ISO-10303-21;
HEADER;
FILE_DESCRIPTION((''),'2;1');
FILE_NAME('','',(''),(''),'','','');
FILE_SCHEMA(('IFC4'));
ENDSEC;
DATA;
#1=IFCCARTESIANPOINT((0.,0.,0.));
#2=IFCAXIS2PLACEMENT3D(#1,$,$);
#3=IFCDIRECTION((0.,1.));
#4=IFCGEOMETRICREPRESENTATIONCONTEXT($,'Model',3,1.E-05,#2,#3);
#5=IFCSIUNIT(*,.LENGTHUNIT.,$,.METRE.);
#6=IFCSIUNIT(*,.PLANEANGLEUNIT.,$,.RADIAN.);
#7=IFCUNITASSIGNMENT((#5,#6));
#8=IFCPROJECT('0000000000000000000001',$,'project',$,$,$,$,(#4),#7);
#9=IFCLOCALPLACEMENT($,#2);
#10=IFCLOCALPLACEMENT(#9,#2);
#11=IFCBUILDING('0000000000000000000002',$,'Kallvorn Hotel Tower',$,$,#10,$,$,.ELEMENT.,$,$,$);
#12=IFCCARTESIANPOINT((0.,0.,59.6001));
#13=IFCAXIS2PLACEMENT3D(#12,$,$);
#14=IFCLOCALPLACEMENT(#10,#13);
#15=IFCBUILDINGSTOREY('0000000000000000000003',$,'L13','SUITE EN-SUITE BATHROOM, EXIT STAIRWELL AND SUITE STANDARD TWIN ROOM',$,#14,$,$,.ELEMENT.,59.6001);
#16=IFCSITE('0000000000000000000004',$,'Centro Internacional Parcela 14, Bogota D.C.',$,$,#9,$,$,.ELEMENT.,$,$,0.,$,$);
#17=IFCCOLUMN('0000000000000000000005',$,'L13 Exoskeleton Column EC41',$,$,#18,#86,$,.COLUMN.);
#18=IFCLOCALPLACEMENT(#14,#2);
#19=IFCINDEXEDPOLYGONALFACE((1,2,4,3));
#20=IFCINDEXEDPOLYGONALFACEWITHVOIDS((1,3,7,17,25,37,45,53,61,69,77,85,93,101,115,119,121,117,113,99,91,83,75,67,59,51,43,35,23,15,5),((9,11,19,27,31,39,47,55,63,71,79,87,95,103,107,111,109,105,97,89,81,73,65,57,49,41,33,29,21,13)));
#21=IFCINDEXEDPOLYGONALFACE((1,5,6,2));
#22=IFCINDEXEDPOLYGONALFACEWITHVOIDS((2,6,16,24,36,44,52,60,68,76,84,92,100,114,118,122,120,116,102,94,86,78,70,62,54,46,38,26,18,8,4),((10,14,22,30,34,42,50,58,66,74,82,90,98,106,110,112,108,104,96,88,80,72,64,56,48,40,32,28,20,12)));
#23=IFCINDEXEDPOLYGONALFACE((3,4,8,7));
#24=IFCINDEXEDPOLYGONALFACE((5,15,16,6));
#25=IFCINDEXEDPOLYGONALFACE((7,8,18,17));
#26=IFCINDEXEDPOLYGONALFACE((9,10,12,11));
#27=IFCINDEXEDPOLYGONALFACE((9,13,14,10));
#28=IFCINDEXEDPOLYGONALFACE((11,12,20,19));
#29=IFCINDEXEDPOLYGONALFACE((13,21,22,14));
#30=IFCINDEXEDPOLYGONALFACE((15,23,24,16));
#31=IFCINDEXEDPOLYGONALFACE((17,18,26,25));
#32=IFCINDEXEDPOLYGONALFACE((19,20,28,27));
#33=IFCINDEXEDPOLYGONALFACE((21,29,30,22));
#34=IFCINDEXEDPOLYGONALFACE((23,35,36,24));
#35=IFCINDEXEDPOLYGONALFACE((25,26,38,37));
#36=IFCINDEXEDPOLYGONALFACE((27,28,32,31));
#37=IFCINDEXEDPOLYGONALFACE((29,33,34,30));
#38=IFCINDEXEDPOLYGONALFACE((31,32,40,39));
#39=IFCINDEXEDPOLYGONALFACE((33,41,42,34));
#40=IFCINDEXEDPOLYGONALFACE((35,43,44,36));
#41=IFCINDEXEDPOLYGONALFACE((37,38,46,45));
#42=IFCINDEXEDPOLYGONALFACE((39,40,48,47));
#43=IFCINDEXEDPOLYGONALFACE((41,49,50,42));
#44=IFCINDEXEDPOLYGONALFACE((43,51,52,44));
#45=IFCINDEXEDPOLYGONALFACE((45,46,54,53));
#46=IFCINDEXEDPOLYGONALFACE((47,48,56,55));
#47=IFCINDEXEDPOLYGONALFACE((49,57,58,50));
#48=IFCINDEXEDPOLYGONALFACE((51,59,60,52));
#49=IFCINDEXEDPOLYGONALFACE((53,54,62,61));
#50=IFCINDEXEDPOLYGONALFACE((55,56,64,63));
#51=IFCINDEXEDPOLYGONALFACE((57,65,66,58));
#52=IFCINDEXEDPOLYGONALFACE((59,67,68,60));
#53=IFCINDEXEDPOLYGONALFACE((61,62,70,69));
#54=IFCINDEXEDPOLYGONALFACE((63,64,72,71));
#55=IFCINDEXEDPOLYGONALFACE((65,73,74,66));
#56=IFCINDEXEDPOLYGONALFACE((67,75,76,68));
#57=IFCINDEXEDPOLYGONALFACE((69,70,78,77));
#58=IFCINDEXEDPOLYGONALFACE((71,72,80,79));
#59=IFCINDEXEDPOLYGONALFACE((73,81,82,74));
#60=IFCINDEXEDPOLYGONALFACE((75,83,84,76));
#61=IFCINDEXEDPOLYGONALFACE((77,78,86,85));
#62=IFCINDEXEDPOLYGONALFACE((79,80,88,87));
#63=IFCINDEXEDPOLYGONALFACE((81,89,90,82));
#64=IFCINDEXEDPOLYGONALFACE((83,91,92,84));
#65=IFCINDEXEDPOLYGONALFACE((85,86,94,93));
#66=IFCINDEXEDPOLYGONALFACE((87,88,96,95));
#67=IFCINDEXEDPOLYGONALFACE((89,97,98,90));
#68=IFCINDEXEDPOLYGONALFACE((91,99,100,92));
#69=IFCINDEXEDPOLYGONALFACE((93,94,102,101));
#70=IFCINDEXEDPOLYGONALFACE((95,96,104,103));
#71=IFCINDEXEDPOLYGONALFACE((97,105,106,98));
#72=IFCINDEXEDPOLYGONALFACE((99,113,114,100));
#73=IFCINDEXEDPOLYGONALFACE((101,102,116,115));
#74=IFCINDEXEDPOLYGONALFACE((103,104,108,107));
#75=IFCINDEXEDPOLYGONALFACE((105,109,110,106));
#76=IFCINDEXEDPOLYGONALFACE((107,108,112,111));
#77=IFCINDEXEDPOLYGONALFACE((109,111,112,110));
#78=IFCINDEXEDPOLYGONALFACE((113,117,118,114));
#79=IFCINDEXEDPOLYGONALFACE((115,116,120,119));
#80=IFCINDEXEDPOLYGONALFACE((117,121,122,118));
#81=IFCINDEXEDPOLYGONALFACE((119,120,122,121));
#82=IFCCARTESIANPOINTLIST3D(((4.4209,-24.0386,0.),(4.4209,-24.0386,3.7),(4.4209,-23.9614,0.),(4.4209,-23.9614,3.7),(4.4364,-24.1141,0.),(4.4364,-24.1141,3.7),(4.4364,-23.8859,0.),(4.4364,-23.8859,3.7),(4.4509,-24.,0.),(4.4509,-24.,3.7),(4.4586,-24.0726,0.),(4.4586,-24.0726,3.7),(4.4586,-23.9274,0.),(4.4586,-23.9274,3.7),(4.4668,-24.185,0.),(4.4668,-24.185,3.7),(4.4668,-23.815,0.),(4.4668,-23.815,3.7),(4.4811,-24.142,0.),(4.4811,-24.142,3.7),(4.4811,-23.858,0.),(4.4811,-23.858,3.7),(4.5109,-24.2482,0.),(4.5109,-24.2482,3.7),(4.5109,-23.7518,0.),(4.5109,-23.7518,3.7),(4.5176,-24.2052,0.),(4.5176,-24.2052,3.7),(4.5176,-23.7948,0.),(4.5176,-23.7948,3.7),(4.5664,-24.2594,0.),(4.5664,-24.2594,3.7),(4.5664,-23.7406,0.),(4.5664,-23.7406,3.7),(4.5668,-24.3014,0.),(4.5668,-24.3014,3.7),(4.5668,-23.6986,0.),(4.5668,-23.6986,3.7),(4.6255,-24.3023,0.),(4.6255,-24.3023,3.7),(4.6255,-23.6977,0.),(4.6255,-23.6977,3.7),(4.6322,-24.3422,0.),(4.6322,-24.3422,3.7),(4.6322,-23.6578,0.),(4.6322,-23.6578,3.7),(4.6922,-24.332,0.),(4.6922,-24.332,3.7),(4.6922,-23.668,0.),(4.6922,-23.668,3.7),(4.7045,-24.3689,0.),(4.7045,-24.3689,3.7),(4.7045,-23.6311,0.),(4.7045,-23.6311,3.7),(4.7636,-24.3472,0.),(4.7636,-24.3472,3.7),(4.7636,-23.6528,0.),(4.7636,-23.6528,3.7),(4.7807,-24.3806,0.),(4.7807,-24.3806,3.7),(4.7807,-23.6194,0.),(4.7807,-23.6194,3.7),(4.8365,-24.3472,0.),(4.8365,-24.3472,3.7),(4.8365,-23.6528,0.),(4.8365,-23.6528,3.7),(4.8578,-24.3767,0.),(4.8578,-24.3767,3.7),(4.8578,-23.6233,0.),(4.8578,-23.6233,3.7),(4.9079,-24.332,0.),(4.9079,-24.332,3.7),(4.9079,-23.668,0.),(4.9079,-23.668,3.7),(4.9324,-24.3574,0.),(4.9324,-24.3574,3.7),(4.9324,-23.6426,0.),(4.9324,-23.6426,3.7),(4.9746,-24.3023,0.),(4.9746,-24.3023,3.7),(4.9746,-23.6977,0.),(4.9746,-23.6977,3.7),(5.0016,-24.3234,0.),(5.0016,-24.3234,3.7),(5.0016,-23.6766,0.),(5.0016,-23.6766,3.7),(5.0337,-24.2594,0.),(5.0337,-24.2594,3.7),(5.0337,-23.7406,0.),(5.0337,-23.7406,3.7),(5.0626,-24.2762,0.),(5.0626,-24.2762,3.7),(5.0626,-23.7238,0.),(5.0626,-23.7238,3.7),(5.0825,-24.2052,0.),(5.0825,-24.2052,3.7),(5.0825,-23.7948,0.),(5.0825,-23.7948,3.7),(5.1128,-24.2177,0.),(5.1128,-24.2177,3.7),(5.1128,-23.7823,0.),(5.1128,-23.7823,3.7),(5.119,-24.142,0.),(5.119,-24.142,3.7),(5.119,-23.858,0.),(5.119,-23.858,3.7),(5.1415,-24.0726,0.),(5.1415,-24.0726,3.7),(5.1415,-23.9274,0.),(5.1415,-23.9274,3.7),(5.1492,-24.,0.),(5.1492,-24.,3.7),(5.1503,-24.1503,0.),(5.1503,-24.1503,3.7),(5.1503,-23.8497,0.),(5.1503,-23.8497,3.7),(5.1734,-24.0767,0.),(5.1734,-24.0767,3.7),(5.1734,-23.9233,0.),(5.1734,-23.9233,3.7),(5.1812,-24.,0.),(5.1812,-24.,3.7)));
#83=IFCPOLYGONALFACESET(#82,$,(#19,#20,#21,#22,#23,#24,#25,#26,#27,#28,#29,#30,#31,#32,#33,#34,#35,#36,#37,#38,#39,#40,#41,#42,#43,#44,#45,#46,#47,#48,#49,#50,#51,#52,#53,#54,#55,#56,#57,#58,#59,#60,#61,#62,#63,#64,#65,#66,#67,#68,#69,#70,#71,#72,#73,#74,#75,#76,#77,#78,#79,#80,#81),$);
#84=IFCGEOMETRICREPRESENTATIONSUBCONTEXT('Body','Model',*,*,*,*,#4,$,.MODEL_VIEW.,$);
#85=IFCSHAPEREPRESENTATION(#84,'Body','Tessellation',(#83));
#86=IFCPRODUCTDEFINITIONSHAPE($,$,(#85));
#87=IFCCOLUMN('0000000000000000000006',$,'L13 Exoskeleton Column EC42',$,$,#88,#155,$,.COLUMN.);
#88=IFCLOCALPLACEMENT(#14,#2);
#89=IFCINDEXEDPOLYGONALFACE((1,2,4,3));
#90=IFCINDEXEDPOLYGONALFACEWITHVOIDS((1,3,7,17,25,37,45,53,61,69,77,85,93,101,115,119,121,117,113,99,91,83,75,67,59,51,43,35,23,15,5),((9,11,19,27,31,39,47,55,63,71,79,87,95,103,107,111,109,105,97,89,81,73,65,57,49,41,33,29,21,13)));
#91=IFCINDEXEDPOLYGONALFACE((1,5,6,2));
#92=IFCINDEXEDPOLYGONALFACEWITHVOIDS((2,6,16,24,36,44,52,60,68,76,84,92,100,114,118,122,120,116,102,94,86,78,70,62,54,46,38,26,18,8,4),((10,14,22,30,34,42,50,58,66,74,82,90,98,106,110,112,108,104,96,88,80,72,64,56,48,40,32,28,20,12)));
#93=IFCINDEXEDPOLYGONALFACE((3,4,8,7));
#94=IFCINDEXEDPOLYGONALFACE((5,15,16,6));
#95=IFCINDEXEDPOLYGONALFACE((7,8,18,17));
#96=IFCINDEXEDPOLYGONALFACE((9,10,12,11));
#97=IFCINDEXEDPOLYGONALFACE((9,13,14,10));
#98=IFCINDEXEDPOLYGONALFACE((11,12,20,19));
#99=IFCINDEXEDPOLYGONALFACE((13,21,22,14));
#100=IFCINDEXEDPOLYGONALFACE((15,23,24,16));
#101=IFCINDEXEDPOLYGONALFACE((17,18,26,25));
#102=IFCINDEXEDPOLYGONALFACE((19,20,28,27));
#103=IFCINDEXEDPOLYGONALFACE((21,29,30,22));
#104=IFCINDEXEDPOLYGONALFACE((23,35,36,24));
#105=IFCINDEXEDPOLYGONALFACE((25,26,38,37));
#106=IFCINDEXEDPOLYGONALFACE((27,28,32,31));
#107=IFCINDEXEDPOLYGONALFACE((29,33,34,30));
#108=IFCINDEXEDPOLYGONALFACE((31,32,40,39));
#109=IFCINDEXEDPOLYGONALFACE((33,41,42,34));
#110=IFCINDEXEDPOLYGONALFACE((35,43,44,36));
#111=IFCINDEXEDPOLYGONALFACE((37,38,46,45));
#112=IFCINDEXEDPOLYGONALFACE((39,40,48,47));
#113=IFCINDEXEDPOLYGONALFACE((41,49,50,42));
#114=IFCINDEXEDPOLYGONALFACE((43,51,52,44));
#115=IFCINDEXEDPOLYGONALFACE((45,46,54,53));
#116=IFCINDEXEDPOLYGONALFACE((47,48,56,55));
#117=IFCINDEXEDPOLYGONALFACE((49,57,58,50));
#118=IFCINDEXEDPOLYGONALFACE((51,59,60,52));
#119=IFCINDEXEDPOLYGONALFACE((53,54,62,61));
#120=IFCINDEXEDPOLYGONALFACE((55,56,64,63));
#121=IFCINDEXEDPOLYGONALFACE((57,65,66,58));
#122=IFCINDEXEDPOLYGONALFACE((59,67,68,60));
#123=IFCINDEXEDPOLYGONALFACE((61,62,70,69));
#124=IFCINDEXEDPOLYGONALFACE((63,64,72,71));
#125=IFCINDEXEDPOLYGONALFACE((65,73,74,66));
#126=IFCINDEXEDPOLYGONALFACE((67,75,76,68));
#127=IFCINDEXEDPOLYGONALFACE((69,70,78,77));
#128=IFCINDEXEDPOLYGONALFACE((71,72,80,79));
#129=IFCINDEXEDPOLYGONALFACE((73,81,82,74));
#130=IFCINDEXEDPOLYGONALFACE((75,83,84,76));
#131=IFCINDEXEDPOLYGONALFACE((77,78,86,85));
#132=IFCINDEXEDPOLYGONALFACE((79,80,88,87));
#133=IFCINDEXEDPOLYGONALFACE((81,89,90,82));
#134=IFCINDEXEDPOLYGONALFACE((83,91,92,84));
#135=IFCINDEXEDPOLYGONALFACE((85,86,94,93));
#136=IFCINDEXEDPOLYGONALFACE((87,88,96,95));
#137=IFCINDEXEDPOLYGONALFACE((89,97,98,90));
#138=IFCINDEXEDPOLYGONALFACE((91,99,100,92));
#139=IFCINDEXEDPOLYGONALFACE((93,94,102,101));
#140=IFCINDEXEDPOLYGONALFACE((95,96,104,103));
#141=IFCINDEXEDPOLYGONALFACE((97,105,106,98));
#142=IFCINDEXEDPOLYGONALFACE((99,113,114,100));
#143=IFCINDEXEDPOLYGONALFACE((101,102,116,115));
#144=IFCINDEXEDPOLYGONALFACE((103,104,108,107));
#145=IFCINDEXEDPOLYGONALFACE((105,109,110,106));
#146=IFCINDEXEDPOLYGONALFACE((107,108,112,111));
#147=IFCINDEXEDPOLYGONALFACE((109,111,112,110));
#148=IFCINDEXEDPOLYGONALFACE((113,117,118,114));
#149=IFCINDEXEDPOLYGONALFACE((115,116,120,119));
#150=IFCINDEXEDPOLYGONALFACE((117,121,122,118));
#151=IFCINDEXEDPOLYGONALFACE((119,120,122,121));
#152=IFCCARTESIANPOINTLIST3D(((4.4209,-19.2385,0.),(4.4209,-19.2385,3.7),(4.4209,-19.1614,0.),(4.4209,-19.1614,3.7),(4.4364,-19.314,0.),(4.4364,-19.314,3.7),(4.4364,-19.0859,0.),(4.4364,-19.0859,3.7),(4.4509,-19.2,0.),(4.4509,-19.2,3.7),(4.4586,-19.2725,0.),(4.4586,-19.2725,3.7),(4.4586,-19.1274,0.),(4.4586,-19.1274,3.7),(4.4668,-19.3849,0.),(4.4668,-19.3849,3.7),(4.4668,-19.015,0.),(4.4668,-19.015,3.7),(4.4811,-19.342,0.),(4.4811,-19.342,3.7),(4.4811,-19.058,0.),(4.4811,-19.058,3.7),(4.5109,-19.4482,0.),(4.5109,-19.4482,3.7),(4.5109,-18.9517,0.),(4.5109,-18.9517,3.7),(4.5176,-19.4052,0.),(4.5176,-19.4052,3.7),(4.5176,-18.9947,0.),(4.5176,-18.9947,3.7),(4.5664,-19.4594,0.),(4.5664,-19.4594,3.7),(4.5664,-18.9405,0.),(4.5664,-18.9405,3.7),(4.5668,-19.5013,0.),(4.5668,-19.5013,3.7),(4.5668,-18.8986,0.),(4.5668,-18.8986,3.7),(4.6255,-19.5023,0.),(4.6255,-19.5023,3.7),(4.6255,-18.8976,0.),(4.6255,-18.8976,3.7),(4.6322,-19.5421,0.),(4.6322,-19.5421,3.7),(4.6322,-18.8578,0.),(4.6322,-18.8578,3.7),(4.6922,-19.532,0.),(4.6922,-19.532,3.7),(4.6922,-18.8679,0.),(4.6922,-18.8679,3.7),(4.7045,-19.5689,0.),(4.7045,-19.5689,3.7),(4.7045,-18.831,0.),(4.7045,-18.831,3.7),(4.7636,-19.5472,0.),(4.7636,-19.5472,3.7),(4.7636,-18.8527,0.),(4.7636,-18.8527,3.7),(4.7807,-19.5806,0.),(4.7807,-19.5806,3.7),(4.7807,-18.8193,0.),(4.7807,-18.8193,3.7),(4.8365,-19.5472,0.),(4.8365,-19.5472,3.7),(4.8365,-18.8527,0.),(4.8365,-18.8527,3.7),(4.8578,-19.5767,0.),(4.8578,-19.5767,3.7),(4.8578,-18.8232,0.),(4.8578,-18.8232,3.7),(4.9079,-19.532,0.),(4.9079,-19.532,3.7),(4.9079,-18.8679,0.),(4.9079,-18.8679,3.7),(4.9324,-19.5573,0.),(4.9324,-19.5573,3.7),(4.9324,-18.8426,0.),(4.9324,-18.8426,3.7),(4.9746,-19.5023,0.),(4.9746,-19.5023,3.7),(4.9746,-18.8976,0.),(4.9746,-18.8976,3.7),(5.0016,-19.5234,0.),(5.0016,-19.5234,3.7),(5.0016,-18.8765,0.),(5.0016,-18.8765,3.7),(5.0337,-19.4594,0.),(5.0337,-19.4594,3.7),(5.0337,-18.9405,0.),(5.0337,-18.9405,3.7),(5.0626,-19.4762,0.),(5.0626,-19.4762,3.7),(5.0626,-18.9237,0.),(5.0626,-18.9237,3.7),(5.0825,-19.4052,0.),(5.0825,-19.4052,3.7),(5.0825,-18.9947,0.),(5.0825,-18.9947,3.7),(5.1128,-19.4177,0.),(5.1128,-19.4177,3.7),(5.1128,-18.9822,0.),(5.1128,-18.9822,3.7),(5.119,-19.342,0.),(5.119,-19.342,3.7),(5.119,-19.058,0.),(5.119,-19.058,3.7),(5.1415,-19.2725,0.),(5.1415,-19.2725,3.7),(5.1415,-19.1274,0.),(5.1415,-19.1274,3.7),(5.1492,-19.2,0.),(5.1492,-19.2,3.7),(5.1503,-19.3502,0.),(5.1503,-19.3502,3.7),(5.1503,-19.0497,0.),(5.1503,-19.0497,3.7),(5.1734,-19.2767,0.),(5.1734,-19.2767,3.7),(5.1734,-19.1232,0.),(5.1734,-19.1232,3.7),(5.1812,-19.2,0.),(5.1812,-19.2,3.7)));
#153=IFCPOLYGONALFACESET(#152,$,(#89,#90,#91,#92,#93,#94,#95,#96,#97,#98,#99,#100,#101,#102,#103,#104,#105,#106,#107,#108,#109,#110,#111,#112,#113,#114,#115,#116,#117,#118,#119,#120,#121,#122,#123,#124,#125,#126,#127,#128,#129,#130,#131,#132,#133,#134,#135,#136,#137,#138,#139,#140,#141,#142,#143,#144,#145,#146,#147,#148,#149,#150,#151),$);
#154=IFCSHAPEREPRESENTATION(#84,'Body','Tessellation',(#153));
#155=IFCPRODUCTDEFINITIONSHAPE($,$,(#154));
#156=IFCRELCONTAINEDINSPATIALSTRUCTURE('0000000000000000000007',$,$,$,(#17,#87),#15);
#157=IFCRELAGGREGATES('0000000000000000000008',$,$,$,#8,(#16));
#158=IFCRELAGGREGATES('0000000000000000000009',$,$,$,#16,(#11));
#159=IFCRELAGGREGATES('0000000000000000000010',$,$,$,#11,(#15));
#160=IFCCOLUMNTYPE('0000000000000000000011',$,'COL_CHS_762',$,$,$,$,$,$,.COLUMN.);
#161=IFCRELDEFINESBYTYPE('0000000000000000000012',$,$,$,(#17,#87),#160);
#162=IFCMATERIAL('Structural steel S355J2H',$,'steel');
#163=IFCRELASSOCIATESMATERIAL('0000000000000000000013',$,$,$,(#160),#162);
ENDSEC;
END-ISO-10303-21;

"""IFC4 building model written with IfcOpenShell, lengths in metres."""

from ifc_helpers import new_model, si_unit, direction, frame, origin, origin_2d, place, context, subcontext, project, spatial, hollow_circle, extrude, material, material_profile, profile_set, type_object, element, save


model = new_model("IFC4")

# Units and contexts
model_context = context("Model", 3, precision=1e-05, world=origin(), true_north=direction((0.0, 1.0)))
body_context = subcontext(model_context, "Body", "Model", "MODEL_VIEW")
ifc_project = project(units=[si_unit("LENGTHUNIT", "METRE"), si_unit("PLANEANGLEUNIT", "RADIAN")], contexts=[model_context])

# Site, building, storey
site_placement = place(None, origin())
site = spatial("IfcSite", under=ifc_project, at=site_placement, Name="Centro Internacional Parcela 14, Bogota D.C.", CompositionType="ELEMENT", RefElevation=0.0)
building_placement = place(site_placement, origin())
building = spatial("IfcBuilding", under=site, at=building_placement, Name="Kallvorn Hotel Tower", CompositionType="ELEMENT")
storey_placement = place(building_placement, frame((0.0, 0.0, 59.6001)))
storey = spatial("IfcBuildingStorey", under=building, at=storey_placement, Name="L13", Description="SUITE EN-SUITE BATHROOM, EXIT STAIRWELL AND SUITE STANDARD TWIN ROOM", CompositionType="ELEMENT", Elevation=59.6001)

# Columns
ifc_material_1 = material(Name="Structural steel S355J2H", Category="steel")
ifc_material_profile_1 = material_profile(ifc_material_1, hollow_circle(Radius=0.3811, WallThickness=0.032, at=origin_2d()), Name="CHS 762x32")
ifc_profile_set_1 = profile_set([ifc_material_profile_1], Name="Structural steel S355J2H")
column_type_1 = type_object("IfcColumnType", Name="COL_CHS_762", PredefinedType="COLUMN", material=ifc_profile_set_1)
for number, where, z_axis, x_axis, name in (
    (1, (4.8, -24.0, 0.0), (0.0, 0.0, 1.0), (1.0, 0.0, 0.0), "L13 Exoskeleton Column EC41"),
    (2, (4.8, -19.2, 0.0), (0.0, 0.0, 1.0), (1.0, 0.0, 0.0), "L13 Exoskeleton Column EC42"),
):
    element("IfcColumn", number, at=place(storey_placement, frame(where, z_axis=z_axis, x_axis=x_axis)), inside=storey, type_object=column_type_1, Name=name, PredefinedType="COLUMN", context=body_context, shape_type="SweptSolid", body=[
        extrude(hollow_circle(Radius=0.3811, WallThickness=0.032, at=origin_2d()), origin(), (0.0, 0.0, 1.0), 3.7),
    ])

save(model, "model.ifc")
